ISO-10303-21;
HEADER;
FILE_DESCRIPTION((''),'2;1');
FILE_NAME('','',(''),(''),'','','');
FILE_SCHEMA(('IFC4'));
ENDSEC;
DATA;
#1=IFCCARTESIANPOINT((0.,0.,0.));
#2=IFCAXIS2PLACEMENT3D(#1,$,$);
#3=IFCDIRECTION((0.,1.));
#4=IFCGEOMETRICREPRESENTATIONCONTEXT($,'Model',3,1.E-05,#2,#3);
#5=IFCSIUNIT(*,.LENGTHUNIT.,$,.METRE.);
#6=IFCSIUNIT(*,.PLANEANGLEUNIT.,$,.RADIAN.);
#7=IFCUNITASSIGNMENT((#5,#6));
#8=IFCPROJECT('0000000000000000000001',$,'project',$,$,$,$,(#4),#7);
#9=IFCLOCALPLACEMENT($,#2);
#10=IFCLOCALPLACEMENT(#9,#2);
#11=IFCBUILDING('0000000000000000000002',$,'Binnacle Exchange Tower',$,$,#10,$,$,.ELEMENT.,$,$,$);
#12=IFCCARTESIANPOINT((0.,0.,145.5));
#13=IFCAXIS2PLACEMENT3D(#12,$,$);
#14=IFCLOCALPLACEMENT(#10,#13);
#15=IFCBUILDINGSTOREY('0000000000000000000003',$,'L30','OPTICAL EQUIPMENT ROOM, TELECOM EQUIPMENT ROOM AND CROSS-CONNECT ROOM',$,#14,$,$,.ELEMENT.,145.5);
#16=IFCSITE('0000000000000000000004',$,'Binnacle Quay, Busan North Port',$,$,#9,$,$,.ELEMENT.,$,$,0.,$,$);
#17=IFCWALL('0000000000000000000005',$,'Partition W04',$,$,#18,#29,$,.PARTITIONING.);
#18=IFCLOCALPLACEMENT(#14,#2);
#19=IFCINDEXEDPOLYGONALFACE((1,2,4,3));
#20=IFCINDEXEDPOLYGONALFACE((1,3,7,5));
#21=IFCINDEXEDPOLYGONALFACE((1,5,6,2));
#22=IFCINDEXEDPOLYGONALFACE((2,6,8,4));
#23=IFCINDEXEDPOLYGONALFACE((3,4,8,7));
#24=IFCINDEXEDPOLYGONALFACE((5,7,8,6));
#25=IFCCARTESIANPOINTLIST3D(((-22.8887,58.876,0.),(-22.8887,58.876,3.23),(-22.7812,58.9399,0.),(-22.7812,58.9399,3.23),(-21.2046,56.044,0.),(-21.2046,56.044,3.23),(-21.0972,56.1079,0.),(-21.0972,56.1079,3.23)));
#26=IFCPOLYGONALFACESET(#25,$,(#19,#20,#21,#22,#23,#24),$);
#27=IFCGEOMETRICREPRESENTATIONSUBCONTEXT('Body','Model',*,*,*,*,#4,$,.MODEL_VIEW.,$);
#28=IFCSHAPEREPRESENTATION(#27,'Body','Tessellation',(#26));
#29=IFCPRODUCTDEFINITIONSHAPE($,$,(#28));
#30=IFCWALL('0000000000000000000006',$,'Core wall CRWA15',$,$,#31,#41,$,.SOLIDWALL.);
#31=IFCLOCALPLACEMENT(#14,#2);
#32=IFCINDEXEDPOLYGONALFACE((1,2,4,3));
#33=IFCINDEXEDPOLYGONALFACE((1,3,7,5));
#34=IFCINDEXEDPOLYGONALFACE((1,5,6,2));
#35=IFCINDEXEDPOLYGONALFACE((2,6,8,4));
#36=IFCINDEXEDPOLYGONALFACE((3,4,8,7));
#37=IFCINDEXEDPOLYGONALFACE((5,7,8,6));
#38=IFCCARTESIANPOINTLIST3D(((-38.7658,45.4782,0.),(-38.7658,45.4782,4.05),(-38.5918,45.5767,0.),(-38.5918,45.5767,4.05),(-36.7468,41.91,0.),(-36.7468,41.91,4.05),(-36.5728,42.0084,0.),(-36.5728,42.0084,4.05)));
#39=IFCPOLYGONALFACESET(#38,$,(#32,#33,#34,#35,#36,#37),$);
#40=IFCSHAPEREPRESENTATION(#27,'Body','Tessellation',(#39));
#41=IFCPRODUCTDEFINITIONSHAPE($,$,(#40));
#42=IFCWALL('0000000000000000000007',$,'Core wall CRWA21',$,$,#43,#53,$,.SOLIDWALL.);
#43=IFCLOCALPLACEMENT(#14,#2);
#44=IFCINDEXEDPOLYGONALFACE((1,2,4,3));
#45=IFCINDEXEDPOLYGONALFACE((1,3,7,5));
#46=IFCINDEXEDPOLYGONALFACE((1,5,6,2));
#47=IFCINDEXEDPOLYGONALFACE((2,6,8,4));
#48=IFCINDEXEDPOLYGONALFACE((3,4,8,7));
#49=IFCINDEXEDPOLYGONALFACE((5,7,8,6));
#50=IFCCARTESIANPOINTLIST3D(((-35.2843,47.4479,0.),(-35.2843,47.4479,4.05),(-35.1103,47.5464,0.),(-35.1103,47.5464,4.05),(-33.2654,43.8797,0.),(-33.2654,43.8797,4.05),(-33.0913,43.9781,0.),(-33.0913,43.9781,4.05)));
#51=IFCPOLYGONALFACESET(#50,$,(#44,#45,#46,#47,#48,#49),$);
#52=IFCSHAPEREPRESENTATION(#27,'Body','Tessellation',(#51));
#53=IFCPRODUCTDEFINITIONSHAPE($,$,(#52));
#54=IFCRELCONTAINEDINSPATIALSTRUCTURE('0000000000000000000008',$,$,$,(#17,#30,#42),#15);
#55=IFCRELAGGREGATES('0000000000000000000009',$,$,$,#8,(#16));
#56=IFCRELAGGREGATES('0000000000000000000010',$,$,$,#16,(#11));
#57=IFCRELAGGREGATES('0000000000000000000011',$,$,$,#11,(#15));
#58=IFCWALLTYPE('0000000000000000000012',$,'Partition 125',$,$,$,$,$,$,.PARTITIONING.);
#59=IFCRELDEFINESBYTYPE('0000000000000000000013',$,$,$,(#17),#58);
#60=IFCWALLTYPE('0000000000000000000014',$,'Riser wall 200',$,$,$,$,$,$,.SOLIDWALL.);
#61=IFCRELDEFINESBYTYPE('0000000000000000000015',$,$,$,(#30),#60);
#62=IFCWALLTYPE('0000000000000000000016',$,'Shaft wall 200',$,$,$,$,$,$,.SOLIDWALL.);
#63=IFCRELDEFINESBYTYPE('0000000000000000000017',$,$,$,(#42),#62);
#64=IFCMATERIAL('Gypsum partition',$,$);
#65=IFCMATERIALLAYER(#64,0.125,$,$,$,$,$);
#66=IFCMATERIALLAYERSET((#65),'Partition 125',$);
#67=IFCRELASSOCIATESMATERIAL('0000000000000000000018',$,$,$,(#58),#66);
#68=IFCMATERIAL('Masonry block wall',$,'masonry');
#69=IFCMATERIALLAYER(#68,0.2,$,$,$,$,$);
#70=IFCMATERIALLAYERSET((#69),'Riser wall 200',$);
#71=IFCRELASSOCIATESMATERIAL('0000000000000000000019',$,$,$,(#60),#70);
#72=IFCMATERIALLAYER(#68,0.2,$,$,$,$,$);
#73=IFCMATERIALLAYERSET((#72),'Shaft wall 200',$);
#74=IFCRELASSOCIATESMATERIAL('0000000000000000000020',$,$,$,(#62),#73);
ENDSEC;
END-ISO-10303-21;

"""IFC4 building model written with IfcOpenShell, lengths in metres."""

from ifc_helpers import new_model, si_unit, direction, frame, frame_2d, origin, place, context, subcontext, project, spatial, rectangle, extrude, material, layer, layer_set, type_object, element, save


model = new_model("IFC4")

# Units and contexts
model_context = context("Model", 3, precision=1e-05, world=origin(), true_north=direction((0.0, 1.0)))
body_context = subcontext(model_context, "Body", "Model", "MODEL_VIEW")
ifc_project = project(units=[si_unit("LENGTHUNIT", "METRE"), si_unit("PLANEANGLEUNIT", "RADIAN")], contexts=[model_context])

# Site, building, storey
site_placement = place(None, origin())
site = spatial("IfcSite", under=ifc_project, at=site_placement, Name="Binnacle Quay, Busan North Port", CompositionType="ELEMENT", RefElevation=0.0)
building_placement = place(site_placement, origin())
building = spatial("IfcBuilding", under=site, at=building_placement, Name="Binnacle Exchange Tower", CompositionType="ELEMENT")
storey_placement = place(building_placement, frame((0.0, 0.0, 145.5)))
storey = spatial("IfcBuildingStorey", under=building, at=storey_placement, Name="L30", Description="OPTICAL EQUIPMENT ROOM, TELECOM EQUIPMENT ROOM AND CROSS-CONNECT ROOM", CompositionType="ELEMENT", Elevation=145.5)

# Walls
ifc_material_1 = material(Name="Gypsum partition")
ifc_layer_1 = layer(ifc_material_1, 0.125)
ifc_layer_set_1 = layer_set([ifc_layer_1], Name="Partition 125")
wall_type_1 = type_object("IfcWallType", Name="Partition 125", PredefinedType="PARTITIONING", material=ifc_layer_set_1)
wall_1_placement = place(storey_placement, frame((-22.835, 58.908, 0.0), z_axis=(0.0, 0.0, 1.0), x_axis=(0.511114, -0.859513, 0.0)))
element("IfcWall", 1, at=wall_1_placement, inside=storey, type_object=wall_type_1, Name="Partition W04", PredefinedType="PARTITIONING", context=body_context, shape_type="SweptSolid", body=[
    extrude(rectangle(XDim=3.2949, YDim=0.125, at=frame_2d((1.6475, 0.0))), origin(), (0.0, 0.0, 1.0), 3.23),
])
ifc_material_2 = material(Name="Masonry block wall", Category="masonry")
ifc_layer_2 = layer(ifc_material_2, 0.2)
ifc_layer_set_2 = layer_set([ifc_layer_2], Name="Riser wall 200")
wall_type_2 = type_object("IfcWallType", Name="Riser wall 200", PredefinedType="SOLIDWALL", material=ifc_layer_set_2)
wall_2_placement = place(storey_placement, frame((-38.6787, 45.5273, 0.0), z_axis=(0.0, 0.0, 1.0), x_axis=(0.492454, -0.870339, 0.0)))
element("IfcWall", 2, at=wall_2_placement, inside=storey, type_object=wall_type_2, Name="Core wall CRWA15", PredefinedType="SOLIDWALL", context=body_context, shape_type="SweptSolid", body=[
    extrude(rectangle(XDim=4.0999, YDim=0.2, at=frame_2d((2.0498, 0.0))), origin(), (0.0, 0.0, 1.0), 4.05),
])
ifc_layer_3 = layer(ifc_material_2, 0.2)
ifc_layer_set_3 = layer_set([ifc_layer_3], Name="Shaft wall 200")
wall_type_3 = type_object("IfcWallType", Name="Shaft wall 200", PredefinedType="SOLIDWALL", material=ifc_layer_set_3)
wall_3_placement = place(storey_placement, frame((-35.1973, 47.4971, 0.0), z_axis=(0.0, 0.0, 1.0), x_axis=(0.492454, -0.870339, 0.0)))
element("IfcWall", 3, at=wall_3_placement, inside=storey, type_object=wall_type_3, Name="Core wall CRWA21", PredefinedType="SOLIDWALL", context=body_context, shape_type="SweptSolid", body=[
    extrude(rectangle(XDim=4.0999, YDim=0.2, at=frame_2d((2.0498, 0.0))), origin(), (0.0, 0.0, 1.0), 4.05),
])

save(model, "model.ifc")
